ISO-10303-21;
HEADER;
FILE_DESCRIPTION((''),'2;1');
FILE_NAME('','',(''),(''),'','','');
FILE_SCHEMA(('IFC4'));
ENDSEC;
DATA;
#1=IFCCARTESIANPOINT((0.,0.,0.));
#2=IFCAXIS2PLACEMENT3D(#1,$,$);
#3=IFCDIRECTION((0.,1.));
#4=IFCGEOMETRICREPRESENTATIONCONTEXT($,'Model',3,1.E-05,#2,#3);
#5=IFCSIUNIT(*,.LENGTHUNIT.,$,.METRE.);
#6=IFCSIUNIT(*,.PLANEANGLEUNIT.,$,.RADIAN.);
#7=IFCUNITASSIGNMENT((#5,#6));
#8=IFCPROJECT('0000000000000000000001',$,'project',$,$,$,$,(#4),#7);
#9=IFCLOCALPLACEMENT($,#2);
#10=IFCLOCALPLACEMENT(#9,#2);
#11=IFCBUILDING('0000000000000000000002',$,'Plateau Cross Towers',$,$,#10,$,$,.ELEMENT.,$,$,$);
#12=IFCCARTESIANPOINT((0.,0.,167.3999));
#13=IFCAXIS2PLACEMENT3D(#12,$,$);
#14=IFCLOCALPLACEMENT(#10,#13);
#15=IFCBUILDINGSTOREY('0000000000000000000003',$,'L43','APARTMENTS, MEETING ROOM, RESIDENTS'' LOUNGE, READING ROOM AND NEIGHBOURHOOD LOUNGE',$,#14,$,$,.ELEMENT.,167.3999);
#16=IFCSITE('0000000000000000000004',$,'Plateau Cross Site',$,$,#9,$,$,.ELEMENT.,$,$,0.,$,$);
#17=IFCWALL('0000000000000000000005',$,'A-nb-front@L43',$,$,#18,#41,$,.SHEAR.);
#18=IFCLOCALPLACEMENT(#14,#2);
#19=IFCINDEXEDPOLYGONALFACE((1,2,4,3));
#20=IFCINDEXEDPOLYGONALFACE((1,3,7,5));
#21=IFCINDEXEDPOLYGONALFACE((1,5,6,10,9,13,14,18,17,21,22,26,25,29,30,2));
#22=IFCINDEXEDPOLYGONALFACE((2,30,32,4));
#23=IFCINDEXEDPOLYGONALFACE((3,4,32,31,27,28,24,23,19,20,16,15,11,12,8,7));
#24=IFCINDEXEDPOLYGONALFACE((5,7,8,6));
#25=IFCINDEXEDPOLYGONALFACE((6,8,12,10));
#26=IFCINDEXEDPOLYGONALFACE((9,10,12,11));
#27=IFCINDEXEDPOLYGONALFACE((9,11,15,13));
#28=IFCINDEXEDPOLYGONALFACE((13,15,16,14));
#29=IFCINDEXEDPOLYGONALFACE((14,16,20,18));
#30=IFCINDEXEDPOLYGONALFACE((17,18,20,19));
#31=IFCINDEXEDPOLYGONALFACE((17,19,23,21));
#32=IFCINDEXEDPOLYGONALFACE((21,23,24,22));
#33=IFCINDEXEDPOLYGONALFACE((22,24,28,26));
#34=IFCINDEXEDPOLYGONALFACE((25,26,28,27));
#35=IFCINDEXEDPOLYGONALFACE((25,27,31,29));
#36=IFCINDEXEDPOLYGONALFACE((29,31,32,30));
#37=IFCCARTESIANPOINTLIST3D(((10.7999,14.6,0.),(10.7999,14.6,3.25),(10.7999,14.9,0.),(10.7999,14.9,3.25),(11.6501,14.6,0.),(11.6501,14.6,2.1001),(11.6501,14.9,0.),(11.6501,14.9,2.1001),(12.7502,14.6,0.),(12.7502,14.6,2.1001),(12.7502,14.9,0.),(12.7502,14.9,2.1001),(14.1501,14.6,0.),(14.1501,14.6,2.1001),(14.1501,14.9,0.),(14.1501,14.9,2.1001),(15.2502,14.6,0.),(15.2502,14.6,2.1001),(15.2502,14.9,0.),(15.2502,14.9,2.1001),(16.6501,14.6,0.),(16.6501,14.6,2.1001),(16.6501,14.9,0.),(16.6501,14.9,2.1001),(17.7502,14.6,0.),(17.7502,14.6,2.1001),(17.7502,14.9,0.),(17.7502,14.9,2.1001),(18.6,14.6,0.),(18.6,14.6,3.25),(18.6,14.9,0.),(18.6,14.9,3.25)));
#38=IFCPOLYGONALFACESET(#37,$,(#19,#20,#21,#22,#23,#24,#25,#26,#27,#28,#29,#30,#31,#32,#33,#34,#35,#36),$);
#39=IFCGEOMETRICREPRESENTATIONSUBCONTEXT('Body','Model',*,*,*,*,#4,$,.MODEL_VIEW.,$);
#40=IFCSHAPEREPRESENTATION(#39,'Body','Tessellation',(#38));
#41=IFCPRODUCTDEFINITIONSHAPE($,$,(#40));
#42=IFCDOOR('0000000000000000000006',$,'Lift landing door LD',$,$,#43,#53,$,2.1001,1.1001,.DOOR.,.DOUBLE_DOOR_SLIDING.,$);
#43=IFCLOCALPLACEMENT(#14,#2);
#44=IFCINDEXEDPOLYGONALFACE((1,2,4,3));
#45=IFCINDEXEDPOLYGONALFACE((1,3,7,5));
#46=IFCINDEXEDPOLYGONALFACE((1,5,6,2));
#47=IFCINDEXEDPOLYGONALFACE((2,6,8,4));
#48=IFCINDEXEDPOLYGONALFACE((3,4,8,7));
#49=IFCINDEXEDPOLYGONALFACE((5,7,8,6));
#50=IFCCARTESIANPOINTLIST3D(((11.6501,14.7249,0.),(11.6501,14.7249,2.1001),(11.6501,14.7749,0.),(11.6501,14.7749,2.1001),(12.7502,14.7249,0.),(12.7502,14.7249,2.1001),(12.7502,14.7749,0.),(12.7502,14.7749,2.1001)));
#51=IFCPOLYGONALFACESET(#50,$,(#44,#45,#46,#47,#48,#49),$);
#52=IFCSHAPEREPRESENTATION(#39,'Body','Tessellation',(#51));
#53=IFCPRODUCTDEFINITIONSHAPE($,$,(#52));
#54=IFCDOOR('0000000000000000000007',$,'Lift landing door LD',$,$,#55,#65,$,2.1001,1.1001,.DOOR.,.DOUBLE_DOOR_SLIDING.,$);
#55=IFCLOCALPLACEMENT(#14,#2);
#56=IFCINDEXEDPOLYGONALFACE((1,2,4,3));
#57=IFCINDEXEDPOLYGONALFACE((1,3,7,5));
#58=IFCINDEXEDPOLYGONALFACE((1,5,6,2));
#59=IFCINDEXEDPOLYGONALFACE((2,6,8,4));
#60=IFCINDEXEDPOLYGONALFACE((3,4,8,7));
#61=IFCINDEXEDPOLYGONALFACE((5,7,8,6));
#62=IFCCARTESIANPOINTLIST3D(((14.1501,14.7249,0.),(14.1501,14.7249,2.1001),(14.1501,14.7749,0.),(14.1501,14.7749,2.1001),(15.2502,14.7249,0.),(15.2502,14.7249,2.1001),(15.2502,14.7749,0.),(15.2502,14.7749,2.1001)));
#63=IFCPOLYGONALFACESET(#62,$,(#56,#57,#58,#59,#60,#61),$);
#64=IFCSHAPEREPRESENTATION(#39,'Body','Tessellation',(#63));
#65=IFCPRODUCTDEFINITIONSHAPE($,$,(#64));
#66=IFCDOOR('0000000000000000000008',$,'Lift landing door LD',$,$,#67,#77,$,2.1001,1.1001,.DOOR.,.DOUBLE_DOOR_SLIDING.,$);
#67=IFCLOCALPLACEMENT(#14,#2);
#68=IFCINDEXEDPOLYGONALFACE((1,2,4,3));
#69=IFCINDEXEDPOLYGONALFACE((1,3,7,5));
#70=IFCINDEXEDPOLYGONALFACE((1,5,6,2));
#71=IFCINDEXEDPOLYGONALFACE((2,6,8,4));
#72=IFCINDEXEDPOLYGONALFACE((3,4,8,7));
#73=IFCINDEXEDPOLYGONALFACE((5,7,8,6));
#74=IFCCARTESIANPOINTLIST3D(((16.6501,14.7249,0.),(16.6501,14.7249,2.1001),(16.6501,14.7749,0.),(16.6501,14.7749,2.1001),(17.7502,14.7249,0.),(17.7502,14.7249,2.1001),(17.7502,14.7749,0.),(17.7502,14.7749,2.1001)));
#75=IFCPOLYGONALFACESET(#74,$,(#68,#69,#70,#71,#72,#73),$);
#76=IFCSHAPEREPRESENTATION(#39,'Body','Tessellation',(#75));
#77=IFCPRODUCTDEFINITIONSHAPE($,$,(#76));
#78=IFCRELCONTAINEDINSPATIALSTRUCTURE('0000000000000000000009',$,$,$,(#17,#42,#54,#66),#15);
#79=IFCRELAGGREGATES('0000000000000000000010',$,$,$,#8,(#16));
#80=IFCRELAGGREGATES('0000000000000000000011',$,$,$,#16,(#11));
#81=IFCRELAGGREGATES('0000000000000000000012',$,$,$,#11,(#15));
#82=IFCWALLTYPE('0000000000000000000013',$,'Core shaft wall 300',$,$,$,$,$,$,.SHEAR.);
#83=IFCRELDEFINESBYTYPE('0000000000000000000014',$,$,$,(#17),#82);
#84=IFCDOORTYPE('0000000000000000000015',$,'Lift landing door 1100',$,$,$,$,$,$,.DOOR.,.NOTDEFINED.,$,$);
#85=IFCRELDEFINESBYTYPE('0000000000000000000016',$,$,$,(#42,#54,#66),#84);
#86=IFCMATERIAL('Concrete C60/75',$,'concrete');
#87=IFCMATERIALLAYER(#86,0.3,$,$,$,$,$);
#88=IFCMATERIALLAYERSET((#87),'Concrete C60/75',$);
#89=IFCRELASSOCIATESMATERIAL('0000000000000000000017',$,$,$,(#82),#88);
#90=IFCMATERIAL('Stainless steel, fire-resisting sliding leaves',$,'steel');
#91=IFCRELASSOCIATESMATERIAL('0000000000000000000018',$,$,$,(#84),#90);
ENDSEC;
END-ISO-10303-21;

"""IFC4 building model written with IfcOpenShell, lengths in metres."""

from ifc_helpers import new_model, si_unit, direction, frame, frame_2d, origin, place, context, subcontext, project, spatial, rectangle, extrude, material, layer, layer_set, type_object, element, fill, save


model = new_model("IFC4")

# Units and contexts
model_context = context("Model", 3, precision=1e-05, world=origin(), true_north=direction((0.0, 1.0)))
body_context = subcontext(model_context, "Body", "Model", "MODEL_VIEW")
ifc_project = project(units=[si_unit("LENGTHUNIT", "METRE"), si_unit("PLANEANGLEUNIT", "RADIAN")], contexts=[model_context])

# Site, building, storey
site_placement = place(None, origin())
site = spatial("IfcSite", under=ifc_project, at=site_placement, Name="Plateau Cross Site", CompositionType="ELEMENT", RefElevation=0.0)
building_placement = place(site_placement, origin())
building = spatial("IfcBuilding", under=site, at=building_placement, Name="Plateau Cross Towers", CompositionType="ELEMENT")
storey_placement = place(building_placement, frame((0.0, 0.0, 167.3999)))
storey = spatial("IfcBuildingStorey", under=building, at=storey_placement, Name="L43", Description="APARTMENTS, MEETING ROOM, RESIDENTS' LOUNGE, READING ROOM AND NEIGHBOURHOOD LOUNGE", CompositionType="ELEMENT", Elevation=167.3999)

# Wall, openings, doors
ifc_material_1 = material(Name="Concrete C60/75", Category="concrete")
ifc_layer_1 = layer(ifc_material_1, 0.3)
ifc_layer_set_1 = layer_set([ifc_layer_1], Name="Concrete C60/75")
wall_type_1 = type_object("IfcWallType", Name="Core shaft wall 300", PredefinedType="SHEAR", material=ifc_layer_set_1)
wall_1_placement = place(storey_placement, frame((10.8, 14.75, 0.0), z_axis=(0.0, 0.0, 1.0), x_axis=(1.0, 0.0, 0.0)))
wall_1 = element("IfcWall", 1, at=wall_1_placement, inside=storey, type_object=wall_type_1, Name="A-nb-front@L43", PredefinedType="SHEAR", context=body_context, shape_type="SweptSolid", body=[
    extrude(rectangle(XDim=7.8, YDim=0.3, at=frame_2d((3.8999, 0.0))), origin(), (0.0, 0.0, 1.0), 3.25),
])
opening_1_placement = place(wall_1_placement, frame((0.8501, 0.0, 0.0)))
opening_1 = element("IfcOpeningElement", 2, at=opening_1_placement, cuts=wall_1, PredefinedType="OPENING", context=body_context, shape_type="SweptSolid", body=[
    extrude(rectangle(XDim=1.1001, YDim=2.1001, at=frame_2d((0.55, 1.05))), frame((0.0, 0.1599, 0.0), z_axis=(0.0, -1.0, 0.0), x_axis=(1.0, 0.0, 0.0)), (0.0, 0.0, 1.0), 0.3201),
])
opening_2_placement = place(wall_1_placement, frame((3.3501, 0.0, 0.0)))
opening_2 = element("IfcOpeningElement", 3, at=opening_2_placement, cuts=wall_1, PredefinedType="OPENING", context=body_context, shape_type="SweptSolid", body=[
    extrude(rectangle(XDim=1.1001, YDim=2.1001, at=frame_2d((0.55, 1.05))), frame((0.0, 0.1599, 0.0), z_axis=(0.0, -1.0, 0.0), x_axis=(1.0, 0.0, 0.0)), (0.0, 0.0, 1.0), 0.3201),
])
opening_3_placement = place(wall_1_placement, frame((5.8501, 0.0, 0.0)))
opening_3 = element("IfcOpeningElement", 4, at=opening_3_placement, cuts=wall_1, PredefinedType="OPENING", context=body_context, shape_type="SweptSolid", body=[
    extrude(rectangle(XDim=1.1001, YDim=2.1001, at=frame_2d((0.55, 1.05))), frame((0.0, 0.1599, 0.0), z_axis=(0.0, -1.0, 0.0), x_axis=(1.0, 0.0, 0.0)), (0.0, 0.0, 1.0), 0.3201),
])
ifc_material_2 = material(Name="Stainless steel, fire-resisting sliding leaves", Category="steel")
door_type_1 = type_object("IfcDoorType", Name="Lift landing door 1100", OperationType="NOTDEFINED", PredefinedType="DOOR", material=ifc_material_2)
door_1_placement = place(opening_1_placement, origin())
door_1 = element("IfcDoor", 5, at=door_1_placement, inside=storey, type_object=door_type_1, Name="Lift landing door LD", OperationType="DOUBLE_DOOR_SLIDING", OverallHeight=2.1001, OverallWidth=1.1001, PredefinedType="DOOR", context=body_context, shape_type="SweptSolid", body=[
    extrude(rectangle(XDim=1.1001, YDim=2.1001, at=frame_2d((0.55, 1.05))), frame((0.0, 0.0249, 0.0), z_axis=(0.0, -1.0, 0.0), x_axis=(1.0, 0.0, 0.0)), (0.0, 0.0, 1.0), 0.05),
])
fill(opening_1, door_1)
door_2_placement = place(opening_2_placement, origin())
door_2 = element("IfcDoor", 6, at=door_2_placement, inside=storey, type_object=door_type_1, Name="Lift landing door LD", OperationType="DOUBLE_DOOR_SLIDING", OverallHeight=2.1001, OverallWidth=1.1001, PredefinedType="DOOR", context=body_context, shape_type="SweptSolid", body=[
    extrude(rectangle(XDim=1.1001, YDim=2.1001, at=frame_2d((0.55, 1.05))), frame((0.0, 0.0249, 0.0), z_axis=(0.0, -1.0, 0.0), x_axis=(1.0, 0.0, 0.0)), (0.0, 0.0, 1.0), 0.05),
])
fill(opening_2, door_2)
door_3_placement = place(opening_3_placement, origin())
door_3 = element("IfcDoor", 7, at=door_3_placement, inside=storey, type_object=door_type_1, Name="Lift landing door LD", OperationType="DOUBLE_DOOR_SLIDING", OverallHeight=2.1001, OverallWidth=1.1001, PredefinedType="DOOR", context=body_context, shape_type="SweptSolid", body=[
    extrude(rectangle(XDim=1.1001, YDim=2.1001, at=frame_2d((0.55, 1.05))), frame((0.0, 0.0249, 0.0), z_axis=(0.0, -1.0, 0.0), x_axis=(1.0, 0.0, 0.0)), (0.0, 0.0, 1.0), 0.05),
])
fill(opening_3, door_3)

save(model, "model.ifc")
